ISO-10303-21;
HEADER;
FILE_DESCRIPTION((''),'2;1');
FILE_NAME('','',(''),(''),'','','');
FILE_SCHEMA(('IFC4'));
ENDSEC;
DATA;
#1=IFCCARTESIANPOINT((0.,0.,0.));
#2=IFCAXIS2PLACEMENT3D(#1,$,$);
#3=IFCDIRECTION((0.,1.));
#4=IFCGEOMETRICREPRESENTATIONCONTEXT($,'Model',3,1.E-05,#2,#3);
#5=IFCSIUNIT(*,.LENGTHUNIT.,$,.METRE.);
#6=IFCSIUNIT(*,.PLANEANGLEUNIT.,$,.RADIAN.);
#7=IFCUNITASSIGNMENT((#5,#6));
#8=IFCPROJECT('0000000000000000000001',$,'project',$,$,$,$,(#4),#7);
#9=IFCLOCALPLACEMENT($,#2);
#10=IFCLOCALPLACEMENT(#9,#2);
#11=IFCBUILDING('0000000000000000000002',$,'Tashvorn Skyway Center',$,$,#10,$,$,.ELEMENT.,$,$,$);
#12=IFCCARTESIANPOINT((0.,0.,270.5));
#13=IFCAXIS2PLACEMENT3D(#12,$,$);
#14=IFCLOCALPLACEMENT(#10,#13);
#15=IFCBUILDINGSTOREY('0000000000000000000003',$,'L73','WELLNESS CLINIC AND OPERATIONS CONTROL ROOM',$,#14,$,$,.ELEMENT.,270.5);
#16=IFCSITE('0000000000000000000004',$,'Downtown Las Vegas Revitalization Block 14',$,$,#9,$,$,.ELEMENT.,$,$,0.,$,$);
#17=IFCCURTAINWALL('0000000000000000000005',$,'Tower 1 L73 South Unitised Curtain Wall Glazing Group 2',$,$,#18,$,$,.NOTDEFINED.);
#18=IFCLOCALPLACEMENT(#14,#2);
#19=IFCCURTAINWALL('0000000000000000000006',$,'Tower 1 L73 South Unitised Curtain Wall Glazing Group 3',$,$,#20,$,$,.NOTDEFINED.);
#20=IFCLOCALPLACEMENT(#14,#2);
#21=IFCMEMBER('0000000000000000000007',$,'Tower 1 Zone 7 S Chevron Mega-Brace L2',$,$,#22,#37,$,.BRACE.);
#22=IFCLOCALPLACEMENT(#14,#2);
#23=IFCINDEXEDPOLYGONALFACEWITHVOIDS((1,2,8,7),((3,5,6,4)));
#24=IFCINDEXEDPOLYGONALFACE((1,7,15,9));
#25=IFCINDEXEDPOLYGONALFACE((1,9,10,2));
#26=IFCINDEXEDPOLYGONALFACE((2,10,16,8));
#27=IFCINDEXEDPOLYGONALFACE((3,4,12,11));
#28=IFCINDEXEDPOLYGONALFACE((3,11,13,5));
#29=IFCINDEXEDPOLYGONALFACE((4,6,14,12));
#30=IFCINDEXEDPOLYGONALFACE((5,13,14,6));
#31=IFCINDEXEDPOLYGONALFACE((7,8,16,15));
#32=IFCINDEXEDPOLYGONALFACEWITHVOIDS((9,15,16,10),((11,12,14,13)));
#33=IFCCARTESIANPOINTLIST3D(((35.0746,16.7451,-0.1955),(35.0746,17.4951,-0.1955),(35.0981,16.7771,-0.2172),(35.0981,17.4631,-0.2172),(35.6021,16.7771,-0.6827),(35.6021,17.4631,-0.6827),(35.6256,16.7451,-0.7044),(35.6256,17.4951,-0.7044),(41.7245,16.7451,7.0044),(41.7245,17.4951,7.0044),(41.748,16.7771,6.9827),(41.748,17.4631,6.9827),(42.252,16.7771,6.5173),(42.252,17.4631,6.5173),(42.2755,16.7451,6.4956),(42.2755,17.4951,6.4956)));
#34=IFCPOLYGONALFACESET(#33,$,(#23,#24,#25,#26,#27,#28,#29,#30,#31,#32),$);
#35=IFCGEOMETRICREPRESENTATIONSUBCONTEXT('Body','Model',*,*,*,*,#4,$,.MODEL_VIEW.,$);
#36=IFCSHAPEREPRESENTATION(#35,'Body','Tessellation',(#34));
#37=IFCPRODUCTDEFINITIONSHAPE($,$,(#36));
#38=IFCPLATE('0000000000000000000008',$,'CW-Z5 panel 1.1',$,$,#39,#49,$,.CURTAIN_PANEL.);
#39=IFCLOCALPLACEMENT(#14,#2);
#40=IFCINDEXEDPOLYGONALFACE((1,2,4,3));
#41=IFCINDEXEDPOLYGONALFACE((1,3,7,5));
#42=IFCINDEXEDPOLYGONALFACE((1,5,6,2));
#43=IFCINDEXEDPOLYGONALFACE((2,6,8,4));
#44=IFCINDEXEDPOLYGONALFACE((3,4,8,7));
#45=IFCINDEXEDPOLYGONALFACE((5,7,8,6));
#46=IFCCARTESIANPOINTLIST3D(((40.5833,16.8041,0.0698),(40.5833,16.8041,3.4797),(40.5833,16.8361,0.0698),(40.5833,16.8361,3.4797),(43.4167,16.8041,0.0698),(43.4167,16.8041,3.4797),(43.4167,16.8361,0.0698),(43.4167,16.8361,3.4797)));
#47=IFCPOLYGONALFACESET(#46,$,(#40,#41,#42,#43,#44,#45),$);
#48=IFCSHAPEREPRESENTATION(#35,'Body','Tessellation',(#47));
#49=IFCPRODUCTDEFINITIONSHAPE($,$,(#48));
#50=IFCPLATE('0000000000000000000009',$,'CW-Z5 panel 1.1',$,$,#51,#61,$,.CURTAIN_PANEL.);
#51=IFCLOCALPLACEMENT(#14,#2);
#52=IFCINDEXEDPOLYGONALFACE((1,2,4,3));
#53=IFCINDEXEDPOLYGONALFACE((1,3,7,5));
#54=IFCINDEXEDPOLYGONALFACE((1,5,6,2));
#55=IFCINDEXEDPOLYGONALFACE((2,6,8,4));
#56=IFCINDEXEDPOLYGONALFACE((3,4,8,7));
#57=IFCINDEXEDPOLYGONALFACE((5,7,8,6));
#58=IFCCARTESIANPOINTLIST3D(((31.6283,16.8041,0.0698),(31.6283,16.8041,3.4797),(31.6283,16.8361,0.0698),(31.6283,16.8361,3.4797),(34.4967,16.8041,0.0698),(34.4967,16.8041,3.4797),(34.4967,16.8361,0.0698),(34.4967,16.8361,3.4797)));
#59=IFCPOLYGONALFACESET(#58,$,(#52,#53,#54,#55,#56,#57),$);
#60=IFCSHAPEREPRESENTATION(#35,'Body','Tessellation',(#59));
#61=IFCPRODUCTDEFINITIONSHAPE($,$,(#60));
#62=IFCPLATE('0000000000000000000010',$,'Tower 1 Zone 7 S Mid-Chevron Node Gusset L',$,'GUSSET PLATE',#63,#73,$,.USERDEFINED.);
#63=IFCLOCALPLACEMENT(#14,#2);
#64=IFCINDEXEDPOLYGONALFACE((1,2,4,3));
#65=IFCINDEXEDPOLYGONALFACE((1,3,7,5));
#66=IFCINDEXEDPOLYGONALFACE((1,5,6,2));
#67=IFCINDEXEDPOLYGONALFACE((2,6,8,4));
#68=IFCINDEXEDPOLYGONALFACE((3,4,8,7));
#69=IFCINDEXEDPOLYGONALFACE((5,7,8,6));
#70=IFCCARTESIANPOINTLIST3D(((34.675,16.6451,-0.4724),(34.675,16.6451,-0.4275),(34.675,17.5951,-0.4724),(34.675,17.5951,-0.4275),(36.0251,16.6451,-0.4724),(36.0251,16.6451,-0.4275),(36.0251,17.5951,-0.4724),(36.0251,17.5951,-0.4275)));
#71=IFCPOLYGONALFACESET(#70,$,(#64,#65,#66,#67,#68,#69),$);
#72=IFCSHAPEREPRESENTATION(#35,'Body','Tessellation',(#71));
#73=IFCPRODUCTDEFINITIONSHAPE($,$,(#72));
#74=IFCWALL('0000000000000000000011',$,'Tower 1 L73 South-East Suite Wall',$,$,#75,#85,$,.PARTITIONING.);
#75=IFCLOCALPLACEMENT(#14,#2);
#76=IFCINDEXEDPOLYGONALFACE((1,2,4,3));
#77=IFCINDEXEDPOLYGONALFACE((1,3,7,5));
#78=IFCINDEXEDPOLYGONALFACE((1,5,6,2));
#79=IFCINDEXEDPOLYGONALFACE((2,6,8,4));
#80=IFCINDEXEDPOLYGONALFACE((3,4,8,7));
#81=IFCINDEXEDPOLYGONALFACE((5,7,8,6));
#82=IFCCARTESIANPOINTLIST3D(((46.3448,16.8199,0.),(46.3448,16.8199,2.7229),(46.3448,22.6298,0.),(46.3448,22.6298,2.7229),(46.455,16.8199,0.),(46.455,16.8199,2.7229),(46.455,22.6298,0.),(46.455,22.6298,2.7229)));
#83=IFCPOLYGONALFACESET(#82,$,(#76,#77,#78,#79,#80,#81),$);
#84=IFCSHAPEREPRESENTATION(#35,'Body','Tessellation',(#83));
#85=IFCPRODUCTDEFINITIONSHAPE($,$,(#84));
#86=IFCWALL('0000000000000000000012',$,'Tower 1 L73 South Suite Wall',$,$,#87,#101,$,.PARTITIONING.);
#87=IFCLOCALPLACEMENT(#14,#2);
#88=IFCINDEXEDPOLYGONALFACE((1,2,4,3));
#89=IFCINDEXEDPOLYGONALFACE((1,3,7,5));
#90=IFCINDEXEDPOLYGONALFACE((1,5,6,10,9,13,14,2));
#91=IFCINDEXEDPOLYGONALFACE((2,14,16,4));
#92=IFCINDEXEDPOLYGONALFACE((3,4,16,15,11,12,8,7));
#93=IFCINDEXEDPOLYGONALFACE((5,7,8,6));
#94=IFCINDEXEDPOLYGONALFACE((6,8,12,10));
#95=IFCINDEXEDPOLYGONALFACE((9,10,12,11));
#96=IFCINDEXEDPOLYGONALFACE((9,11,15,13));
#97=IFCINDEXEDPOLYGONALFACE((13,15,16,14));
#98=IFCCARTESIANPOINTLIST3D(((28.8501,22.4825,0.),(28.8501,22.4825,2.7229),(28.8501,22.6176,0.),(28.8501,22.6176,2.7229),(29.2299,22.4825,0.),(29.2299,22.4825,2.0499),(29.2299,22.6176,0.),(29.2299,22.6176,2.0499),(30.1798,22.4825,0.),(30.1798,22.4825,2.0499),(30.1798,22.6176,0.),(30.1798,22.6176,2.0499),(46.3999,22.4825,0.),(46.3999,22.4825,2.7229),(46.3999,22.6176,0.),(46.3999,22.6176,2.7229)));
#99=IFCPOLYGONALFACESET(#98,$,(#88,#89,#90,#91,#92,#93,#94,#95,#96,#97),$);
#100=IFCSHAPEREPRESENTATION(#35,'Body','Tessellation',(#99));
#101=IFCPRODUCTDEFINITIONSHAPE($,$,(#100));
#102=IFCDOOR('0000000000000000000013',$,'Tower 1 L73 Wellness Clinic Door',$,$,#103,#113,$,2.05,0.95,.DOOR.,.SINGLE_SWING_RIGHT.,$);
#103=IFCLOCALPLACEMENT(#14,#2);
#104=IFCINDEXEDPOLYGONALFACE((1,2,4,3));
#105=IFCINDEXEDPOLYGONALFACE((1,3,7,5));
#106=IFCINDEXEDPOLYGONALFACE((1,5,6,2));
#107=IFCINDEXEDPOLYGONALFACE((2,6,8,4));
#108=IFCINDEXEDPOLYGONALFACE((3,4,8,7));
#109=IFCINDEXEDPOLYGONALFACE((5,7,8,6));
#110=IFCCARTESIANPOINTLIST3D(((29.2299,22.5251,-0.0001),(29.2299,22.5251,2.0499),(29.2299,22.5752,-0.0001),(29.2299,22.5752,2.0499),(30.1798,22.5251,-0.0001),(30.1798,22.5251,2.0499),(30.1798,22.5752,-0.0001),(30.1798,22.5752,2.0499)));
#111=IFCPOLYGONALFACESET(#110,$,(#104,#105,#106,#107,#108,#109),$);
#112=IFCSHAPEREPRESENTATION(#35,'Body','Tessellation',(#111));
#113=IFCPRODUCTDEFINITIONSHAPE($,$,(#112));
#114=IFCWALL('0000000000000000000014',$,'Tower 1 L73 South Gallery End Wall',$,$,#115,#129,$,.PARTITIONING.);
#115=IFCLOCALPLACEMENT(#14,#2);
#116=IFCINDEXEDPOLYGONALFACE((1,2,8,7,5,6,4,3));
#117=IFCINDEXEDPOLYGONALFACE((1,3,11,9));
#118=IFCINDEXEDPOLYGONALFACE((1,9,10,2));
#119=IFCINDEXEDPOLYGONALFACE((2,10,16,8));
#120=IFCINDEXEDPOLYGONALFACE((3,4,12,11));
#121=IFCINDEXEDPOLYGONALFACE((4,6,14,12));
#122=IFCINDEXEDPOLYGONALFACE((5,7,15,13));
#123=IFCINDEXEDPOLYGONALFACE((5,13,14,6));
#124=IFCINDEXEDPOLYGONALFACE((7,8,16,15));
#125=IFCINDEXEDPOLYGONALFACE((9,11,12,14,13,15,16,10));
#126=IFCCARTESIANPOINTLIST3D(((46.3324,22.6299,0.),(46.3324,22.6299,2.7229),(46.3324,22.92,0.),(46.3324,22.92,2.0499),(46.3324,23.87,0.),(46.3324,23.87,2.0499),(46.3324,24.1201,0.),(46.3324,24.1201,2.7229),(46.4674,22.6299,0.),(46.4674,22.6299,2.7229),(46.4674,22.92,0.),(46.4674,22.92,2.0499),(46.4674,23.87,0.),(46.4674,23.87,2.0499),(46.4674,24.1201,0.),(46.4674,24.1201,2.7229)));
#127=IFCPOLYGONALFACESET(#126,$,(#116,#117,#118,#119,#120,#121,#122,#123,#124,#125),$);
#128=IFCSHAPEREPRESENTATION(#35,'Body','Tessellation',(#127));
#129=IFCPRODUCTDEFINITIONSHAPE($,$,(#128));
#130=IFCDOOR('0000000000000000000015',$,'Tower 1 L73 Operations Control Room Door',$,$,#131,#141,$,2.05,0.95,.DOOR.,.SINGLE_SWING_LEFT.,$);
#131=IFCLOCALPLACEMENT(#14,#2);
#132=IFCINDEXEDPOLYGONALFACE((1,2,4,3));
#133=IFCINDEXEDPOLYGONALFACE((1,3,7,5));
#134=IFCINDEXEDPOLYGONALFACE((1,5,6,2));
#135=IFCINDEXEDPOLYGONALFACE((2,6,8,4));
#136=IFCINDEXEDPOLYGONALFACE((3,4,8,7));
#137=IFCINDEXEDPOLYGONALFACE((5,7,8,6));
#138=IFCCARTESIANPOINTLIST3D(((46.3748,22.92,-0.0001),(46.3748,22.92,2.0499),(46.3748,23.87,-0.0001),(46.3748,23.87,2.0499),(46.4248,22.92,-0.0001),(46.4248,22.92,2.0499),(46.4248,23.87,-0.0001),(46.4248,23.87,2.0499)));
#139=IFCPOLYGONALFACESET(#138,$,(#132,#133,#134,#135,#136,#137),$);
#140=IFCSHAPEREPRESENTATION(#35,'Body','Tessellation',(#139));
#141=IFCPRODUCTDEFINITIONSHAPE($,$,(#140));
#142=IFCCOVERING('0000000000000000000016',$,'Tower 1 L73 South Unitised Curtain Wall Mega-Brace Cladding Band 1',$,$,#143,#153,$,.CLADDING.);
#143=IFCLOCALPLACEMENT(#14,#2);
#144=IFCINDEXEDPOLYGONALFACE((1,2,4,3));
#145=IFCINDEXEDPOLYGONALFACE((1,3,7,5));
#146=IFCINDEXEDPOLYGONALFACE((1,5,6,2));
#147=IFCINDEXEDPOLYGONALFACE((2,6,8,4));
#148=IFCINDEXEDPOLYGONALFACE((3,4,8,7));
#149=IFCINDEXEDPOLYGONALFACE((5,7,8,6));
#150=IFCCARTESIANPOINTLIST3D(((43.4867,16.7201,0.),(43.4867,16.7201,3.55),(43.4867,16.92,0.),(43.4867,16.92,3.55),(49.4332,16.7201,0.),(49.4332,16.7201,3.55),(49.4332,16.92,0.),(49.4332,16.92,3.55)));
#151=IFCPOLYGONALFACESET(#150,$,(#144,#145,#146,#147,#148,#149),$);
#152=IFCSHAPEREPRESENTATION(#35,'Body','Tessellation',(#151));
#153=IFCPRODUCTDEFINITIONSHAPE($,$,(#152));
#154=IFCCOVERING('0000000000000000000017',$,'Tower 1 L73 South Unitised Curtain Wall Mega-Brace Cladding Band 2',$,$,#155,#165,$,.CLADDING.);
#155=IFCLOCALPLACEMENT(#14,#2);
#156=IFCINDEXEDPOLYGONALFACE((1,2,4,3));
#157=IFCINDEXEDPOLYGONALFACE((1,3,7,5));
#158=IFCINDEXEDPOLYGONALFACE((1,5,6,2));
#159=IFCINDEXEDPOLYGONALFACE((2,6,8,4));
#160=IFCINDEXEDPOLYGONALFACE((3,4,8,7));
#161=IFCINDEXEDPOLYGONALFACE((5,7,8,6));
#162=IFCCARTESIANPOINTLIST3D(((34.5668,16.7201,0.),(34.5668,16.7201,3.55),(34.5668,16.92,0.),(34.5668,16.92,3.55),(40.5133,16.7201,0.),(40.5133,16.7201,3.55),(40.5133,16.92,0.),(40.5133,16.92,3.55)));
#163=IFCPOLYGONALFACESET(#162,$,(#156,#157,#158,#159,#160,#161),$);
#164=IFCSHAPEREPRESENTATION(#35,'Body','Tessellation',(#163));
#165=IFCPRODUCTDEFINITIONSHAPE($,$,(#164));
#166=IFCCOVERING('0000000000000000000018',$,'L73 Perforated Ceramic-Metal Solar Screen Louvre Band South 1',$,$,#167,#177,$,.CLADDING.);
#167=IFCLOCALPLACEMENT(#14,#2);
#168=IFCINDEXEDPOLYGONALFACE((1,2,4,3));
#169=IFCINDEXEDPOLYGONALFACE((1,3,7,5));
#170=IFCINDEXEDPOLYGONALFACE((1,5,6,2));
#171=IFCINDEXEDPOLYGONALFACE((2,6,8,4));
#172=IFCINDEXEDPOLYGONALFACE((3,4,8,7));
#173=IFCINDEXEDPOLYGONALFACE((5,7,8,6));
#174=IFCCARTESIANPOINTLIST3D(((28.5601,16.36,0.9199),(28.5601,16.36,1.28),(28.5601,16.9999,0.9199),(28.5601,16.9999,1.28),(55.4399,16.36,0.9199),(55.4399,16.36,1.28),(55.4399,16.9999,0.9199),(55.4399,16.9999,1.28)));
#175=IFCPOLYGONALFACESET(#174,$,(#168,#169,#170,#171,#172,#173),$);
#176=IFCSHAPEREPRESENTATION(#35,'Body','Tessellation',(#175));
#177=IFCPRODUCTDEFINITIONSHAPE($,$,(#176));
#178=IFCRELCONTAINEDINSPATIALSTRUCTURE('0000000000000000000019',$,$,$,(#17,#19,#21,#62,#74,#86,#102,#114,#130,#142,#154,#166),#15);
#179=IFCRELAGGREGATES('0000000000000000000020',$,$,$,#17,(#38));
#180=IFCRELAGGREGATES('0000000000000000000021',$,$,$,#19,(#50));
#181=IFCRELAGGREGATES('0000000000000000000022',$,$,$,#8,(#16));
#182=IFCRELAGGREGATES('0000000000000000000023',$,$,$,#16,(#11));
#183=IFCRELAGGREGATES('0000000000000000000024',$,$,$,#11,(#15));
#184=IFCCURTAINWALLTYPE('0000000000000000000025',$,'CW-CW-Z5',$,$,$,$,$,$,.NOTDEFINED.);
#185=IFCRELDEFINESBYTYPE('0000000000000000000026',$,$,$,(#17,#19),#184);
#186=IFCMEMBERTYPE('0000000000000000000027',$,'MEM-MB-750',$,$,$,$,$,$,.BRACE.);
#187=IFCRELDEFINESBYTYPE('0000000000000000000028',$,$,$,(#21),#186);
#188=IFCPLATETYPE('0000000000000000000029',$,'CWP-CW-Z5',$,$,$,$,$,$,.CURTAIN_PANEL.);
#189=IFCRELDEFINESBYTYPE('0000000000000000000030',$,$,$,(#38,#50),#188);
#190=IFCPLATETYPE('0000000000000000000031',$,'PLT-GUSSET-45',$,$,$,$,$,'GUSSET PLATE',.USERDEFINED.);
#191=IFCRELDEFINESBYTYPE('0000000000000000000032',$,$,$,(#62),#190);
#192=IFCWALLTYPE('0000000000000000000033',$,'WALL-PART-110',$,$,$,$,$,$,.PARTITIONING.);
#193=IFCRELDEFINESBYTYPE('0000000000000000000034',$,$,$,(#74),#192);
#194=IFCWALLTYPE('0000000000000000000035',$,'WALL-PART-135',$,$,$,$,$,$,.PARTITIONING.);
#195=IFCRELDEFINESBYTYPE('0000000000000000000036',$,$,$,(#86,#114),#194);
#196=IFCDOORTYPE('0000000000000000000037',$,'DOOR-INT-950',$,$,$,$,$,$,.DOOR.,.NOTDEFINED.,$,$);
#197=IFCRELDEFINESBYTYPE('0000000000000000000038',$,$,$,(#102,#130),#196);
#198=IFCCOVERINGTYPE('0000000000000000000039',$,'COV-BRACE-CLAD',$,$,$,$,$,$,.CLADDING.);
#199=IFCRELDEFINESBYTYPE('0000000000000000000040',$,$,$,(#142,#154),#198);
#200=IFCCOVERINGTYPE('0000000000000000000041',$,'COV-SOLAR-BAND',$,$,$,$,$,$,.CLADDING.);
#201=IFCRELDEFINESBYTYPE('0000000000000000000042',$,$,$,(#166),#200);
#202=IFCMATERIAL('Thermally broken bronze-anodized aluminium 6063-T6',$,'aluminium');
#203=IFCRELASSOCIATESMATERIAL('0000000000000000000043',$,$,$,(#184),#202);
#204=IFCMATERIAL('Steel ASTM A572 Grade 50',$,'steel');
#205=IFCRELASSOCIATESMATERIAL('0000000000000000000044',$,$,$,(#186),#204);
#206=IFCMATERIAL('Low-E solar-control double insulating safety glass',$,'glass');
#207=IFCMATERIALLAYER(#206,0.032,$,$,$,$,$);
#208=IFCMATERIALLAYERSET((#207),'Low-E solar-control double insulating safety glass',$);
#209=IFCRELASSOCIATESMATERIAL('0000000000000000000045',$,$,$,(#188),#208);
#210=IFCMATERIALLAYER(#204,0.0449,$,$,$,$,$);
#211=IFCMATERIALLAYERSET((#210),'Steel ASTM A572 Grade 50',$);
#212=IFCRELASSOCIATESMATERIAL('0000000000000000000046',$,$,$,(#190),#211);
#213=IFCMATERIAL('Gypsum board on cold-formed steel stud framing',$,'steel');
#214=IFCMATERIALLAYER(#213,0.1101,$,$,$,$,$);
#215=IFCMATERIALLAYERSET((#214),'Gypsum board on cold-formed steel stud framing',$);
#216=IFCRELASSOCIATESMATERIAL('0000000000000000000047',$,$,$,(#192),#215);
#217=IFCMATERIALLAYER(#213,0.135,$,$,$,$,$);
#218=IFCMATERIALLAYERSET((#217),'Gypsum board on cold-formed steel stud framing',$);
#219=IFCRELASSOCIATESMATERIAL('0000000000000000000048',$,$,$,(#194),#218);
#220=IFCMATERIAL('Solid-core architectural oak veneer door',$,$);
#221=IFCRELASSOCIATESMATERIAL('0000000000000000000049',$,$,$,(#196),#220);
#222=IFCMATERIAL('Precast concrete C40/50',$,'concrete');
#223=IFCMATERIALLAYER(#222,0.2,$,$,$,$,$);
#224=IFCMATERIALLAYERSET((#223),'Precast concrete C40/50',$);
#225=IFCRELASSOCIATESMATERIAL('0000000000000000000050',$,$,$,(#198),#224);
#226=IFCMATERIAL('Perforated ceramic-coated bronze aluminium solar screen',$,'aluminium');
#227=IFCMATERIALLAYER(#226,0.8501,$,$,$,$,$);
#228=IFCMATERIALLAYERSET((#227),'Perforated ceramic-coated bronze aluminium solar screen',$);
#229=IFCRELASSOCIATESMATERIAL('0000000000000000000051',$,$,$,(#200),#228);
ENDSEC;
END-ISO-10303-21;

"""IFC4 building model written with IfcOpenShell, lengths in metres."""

from ifc_helpers import new_model, si_unit, direction, frame, frame_2d, origin, origin_2d, place, context, subcontext, project, spatial, rectangle, hollow_rectangle, extrude, material, layer, layer_set, material_profile, profile_set, type_object, element, fill, aggregate, save


model = new_model("IFC4")

# Units and contexts
model_context = context("Model", 3, precision=1e-05, world=origin(), true_north=direction((0.0, 1.0)))
body_context = subcontext(model_context, "Body", "Model", "MODEL_VIEW")
ifc_project = project(units=[si_unit("LENGTHUNIT", "METRE"), si_unit("PLANEANGLEUNIT", "RADIAN")], contexts=[model_context])

# Site, building, storey
site_placement = place(None, origin())
site = spatial("IfcSite", under=ifc_project, at=site_placement, Name="Downtown Las Vegas Revitalization Block 14", CompositionType="ELEMENT", RefElevation=0.0)
building_placement = place(site_placement, origin())
building = spatial("IfcBuilding", under=site, at=building_placement, Name="Tashvorn Skyway Center", CompositionType="ELEMENT")
storey_placement = place(building_placement, frame((0.0, 0.0, 270.5)))
storey = spatial("IfcBuildingStorey", under=building, at=storey_placement, Name="L73", Description="WELLNESS CLINIC AND OPERATIONS CONTROL ROOM", CompositionType="ELEMENT", Elevation=270.5)

# Shared definitions
ifc_material_1 = material(Name="Steel ASTM A572 Grade 50", Category="steel")

# Curtain wall
ifc_material_2 = material(Name="Thermally broken bronze-anodized aluminium 6063-T6", Category="aluminium")
curtain_wall_type = type_object("IfcCurtainWallType", Name="CW-CW-Z5", PredefinedType="NOTDEFINED", material=ifc_material_2)
curtain_wall_1_placement = place(storey_placement, origin())
curtain_wall_1 = element("IfcCurtainWall", 1, at=curtain_wall_1_placement, inside=storey, type_object=curtain_wall_type, Name="Tower 1 L73 South Unitised Curtain Wall Glazing Group 2", PredefinedType="NOTDEFINED")

# Curtain wall
curtain_wall_2_placement = place(storey_placement, origin())
curtain_wall_2 = element("IfcCurtainWall", 2, at=curtain_wall_2_placement, inside=storey, type_object=curtain_wall_type, Name="Tower 1 L73 South Unitised Curtain Wall Glazing Group 3", PredefinedType="NOTDEFINED")

# Member
ifc_material_profile_1 = material_profile(ifc_material_1, hollow_rectangle(XDim=0.75, YDim=0.75, WallThickness=0.032, at=origin_2d()), Name="BOX750x750x32")
ifc_profile_set_1 = profile_set([ifc_material_profile_1], Name="Steel ASTM A572 Grade 50")
member_type_1 = type_object("IfcMemberType", Name="MEM-MB-750", PredefinedType="BRACE", material=ifc_profile_set_1)
member_1_placement = place(storey_placement, frame((35.3501, 17.1201, -0.45), z_axis=(0.678489, 0.0, 0.734611), x_axis=(0.0, 1.0, 0.0)))
element("IfcMember", 3, at=member_1_placement, inside=storey, type_object=member_type_1, Name="Tower 1 Zone 7 S Chevron Mega-Brace L2", PredefinedType="BRACE", context=body_context, shape_type="SweptSolid", body=[
    extrude(hollow_rectangle(XDim=0.75, YDim=0.75, WallThickness=0.032, at=origin_2d()), origin(), (0.0, 0.0, 1.0), 9.801),
])

# Plates
ifc_material_3 = material(Name="Low-E solar-control double insulating safety glass", Category="glass")
ifc_layer_1 = layer(ifc_material_3, 0.032)
ifc_layer_set_1 = layer_set([ifc_layer_1], Name="Low-E solar-control double insulating safety glass")
plate_type_1 = type_object("IfcPlateType", Name="CWP-CW-Z5", PredefinedType="CURTAIN_PANEL", material=ifc_layer_set_1)
plate_1_placement = place(storey_placement, frame((42.0, 16.8201, 0.0698), z_axis=(0.0, 0.0, 1.0), x_axis=(-1.0, 0.0, 0.0)))
plate_1 = element("IfcPlate", 4, at=plate_1_placement, type_object=plate_type_1, Name="CW-Z5 panel 1.1", PredefinedType="CURTAIN_PANEL", context=body_context, shape_type="SweptSolid", body=[
    extrude(rectangle(XDim=2.8335, YDim=0.032, at=origin_2d()), origin(), (0.0, 0.0, 1.0), 3.4099),
])
aggregate(curtain_wall_1, [plate_1])
plate_2_placement = place(storey_placement, frame((33.0625, 16.8201, 0.0698), z_axis=(0.0, 0.0, 1.0), x_axis=(-1.0, 0.0, 0.0)))
plate_2 = element("IfcPlate", 5, at=plate_2_placement, type_object=plate_type_1, Name="CW-Z5 panel 1.1", PredefinedType="CURTAIN_PANEL", context=body_context, shape_type="SweptSolid", body=[
    extrude(rectangle(XDim=2.8684, YDim=0.032, at=origin_2d()), origin(), (0.0, 0.0, 1.0), 3.4099),
])
aggregate(curtain_wall_2, [plate_2])
ifc_layer_2 = layer(ifc_material_1, 0.0449)
ifc_layer_set_2 = layer_set([ifc_layer_2], Name="Steel ASTM A572 Grade 50")
plate_type_2 = type_object("IfcPlateType", Name="PLT-GUSSET-45", ElementType="GUSSET PLATE", PredefinedType="USERDEFINED", material=ifc_layer_set_2)
plate_3_placement = place(storey_placement, frame((35.3501, 17.1201, -0.4724), z_axis=(0.0, 0.0, 1.0), x_axis=(1.0, 0.0, 0.0)))
element("IfcPlate", 6, at=plate_3_placement, inside=storey, type_object=plate_type_2, Name="Tower 1 Zone 7 S Mid-Chevron Node Gusset L", ObjectType="GUSSET PLATE", PredefinedType="USERDEFINED", context=body_context, shape_type="SweptSolid", body=[
    extrude(rectangle(XDim=1.3501, YDim=0.95, at=origin_2d()), origin(), (0.0, 0.0, 1.0), 0.0449),
])

# Wall
ifc_material_4 = material(Name="Gypsum board on cold-formed steel stud framing", Category="steel")
ifc_layer_3 = layer(ifc_material_4, 0.1101)
ifc_layer_set_3 = layer_set([ifc_layer_3], Name="Gypsum board on cold-formed steel stud framing")
wall_type_1 = type_object("IfcWallType", Name="WALL-PART-110", PredefinedType="PARTITIONING", material=ifc_layer_set_3)
wall_1_placement = place(storey_placement, frame((46.3999, 16.8201, 0.0), z_axis=(0.0, 0.0, 1.0), x_axis=(0.0, 1.0, 0.0)))
element("IfcWall", 7, at=wall_1_placement, inside=storey, type_object=wall_type_1, Name="Tower 1 L73 South-East Suite Wall", PredefinedType="PARTITIONING", context=body_context, shape_type="SweptSolid", body=[
    extrude(rectangle(XDim=5.8098, YDim=0.1101, at=frame_2d((2.9048, 0.0))), origin(), (0.0, 0.0, 1.0), 2.7229),
])

# Walls, openings, doors
ifc_layer_4 = layer(ifc_material_4, 0.135)
ifc_layer_set_4 = layer_set([ifc_layer_4], Name="Gypsum board on cold-formed steel stud framing")
wall_type_2 = type_object("IfcWallType", Name="WALL-PART-135", PredefinedType="PARTITIONING", material=ifc_layer_set_4)
wall_2_placement = place(storey_placement, frame((46.3999, 22.55, 0.0), z_axis=(0.0, 0.0, 1.0), x_axis=(-1.0, 0.0, 0.0)))
wall_2 = element("IfcWall", 8, at=wall_2_placement, inside=storey, type_object=wall_type_2, Name="Tower 1 L73 South Suite Wall", PredefinedType="PARTITIONING", context=body_context, shape_type="SweptSolid", body=[
    extrude(rectangle(XDim=17.5498, YDim=0.135, at=frame_2d((8.7749, 0.0))), origin(), (0.0, 0.0, 1.0), 2.7229),
])
opening_1_placement = place(wall_2_placement, frame((16.22, 0.0, 0.0)))
opening_1 = element("IfcOpeningElement", 9, at=opening_1_placement, cuts=wall_2, PredefinedType="OPENING", context=body_context, shape_type="SweptSolid", body=[
    extrude(rectangle(XDim=0.95, YDim=2.05, at=frame_2d((0.4751, 1.0249))), frame((0.0, 0.0774, 0.0), z_axis=(0.0, -1.0, 0.0), x_axis=(1.0, 0.0, 0.0)), (0.0, 0.0, 1.0), 0.155),
])
ifc_material_5 = material(Name="Solid-core architectural oak veneer door")
door_type = type_object("IfcDoorType", Name="DOOR-INT-950", OperationType="NOTDEFINED", PredefinedType="DOOR", material=ifc_material_5)
door_1_placement = place(opening_1_placement, origin())
door_1 = element("IfcDoor", 10, at=door_1_placement, inside=storey, type_object=door_type, Name="Tower 1 L73 Wellness Clinic Door", OperationType="SINGLE_SWING_RIGHT", OverallHeight=2.05, OverallWidth=0.95, PredefinedType="DOOR", context=body_context, shape_type="SweptSolid", body=[
    extrude(rectangle(XDim=0.95, YDim=2.05, at=frame_2d((0.4751, 1.0249))), frame((0.0, 0.0249, 0.0), z_axis=(0.0, -1.0, 0.0), x_axis=(1.0, 0.0, 0.0)), (0.0, 0.0, 1.0), 0.05),
])
fill(opening_1, door_1)
wall_3_placement = place(storey_placement, frame((46.3999, 24.1201, 0.0), z_axis=(0.0, 0.0, 1.0), x_axis=(0.0, -1.0, 0.0)))
wall_3 = element("IfcWall", 11, at=wall_3_placement, inside=storey, type_object=wall_type_2, Name="Tower 1 L73 South Gallery End Wall", PredefinedType="PARTITIONING", context=body_context, shape_type="SweptSolid", body=[
    extrude(rectangle(XDim=1.4902, YDim=0.135, at=frame_2d((0.7451, 0.0))), origin(), (0.0, 0.0, 1.0), 2.7229),
])
opening_2_placement = place(wall_3_placement, frame((0.25, 0.0, 0.0)))
opening_2 = element("IfcOpeningElement", 12, at=opening_2_placement, cuts=wall_3, PredefinedType="OPENING", context=body_context, shape_type="SweptSolid", body=[
    extrude(rectangle(XDim=0.95, YDim=2.05, at=frame_2d((0.4751, 1.0249))), frame((0.0, 0.0774, 0.0), z_axis=(0.0, -1.0, 0.0), x_axis=(1.0, 0.0, 0.0)), (0.0, 0.0, 1.0), 0.155),
])
door_2_placement = place(opening_2_placement, origin())
door_2 = element("IfcDoor", 13, at=door_2_placement, inside=storey, type_object=door_type, Name="Tower 1 L73 Operations Control Room Door", OperationType="SINGLE_SWING_LEFT", OverallHeight=2.05, OverallWidth=0.95, PredefinedType="DOOR", context=body_context, shape_type="SweptSolid", body=[
    extrude(rectangle(XDim=0.95, YDim=2.05, at=frame_2d((0.4751, 1.0249))), frame((0.0, 0.0249, 0.0), z_axis=(0.0, -1.0, 0.0), x_axis=(1.0, 0.0, 0.0)), (0.0, 0.0, 1.0), 0.05),
])
fill(opening_2, door_2)

# Coverings
ifc_material_6 = material(Name="Precast concrete C40/50", Category="concrete")
ifc_layer_5 = layer(ifc_material_6, 0.2)
ifc_layer_set_5 = layer_set([ifc_layer_5], Name="Precast concrete C40/50")
covering_type_1 = type_object("IfcCoveringType", Name="COV-BRACE-CLAD", PredefinedType="CLADDING", material=ifc_layer_set_5)
for number, where, z_axis, x_axis, name in (
    (14, (46.46, 16.8201, 0.0), (0.0, 0.0, 1.0), (-1.0, 0.0, 0.0), "Tower 1 L73 South Unitised Curtain Wall Mega-Brace Cladding Band 1"),
    (15, (37.54, 16.8201, 0.0), (0.0, 0.0, 1.0), (-1.0, 0.0, 0.0), "Tower 1 L73 South Unitised Curtain Wall Mega-Brace Cladding Band 2"),
):
    element("IfcCovering", number, at=place(storey_placement, frame(where, z_axis=z_axis, x_axis=x_axis)), inside=storey, type_object=covering_type_1, Name=name, PredefinedType="CLADDING", context=body_context, shape_type="SweptSolid", body=[
        extrude(rectangle(XDim=5.9465, YDim=0.2, at=origin_2d()), origin(), (0.0, 0.0, 1.0), 3.55),
    ])
ifc_material_7 = material(Name="Perforated ceramic-coated bronze aluminium solar screen", Category="aluminium")
ifc_layer_6 = layer(ifc_material_7, 0.8501)
ifc_layer_set_6 = layer_set([ifc_layer_6], Name="Perforated ceramic-coated bronze aluminium solar screen")
covering_type_2 = type_object("IfcCoveringType", Name="COV-SOLAR-BAND", PredefinedType="CLADDING", material=ifc_layer_set_6)
for number, where, z_axis, x_axis, name in (
    (16, (42.0, 16.6799, 0.9199), (0.0, 0.0, 1.0), (-1.0, 0.0, 0.0), "L73 Perforated Ceramic-Metal Solar Screen Louvre Band South 1"),
):
    element("IfcCovering", number, at=place(storey_placement, frame(where, z_axis=z_axis, x_axis=x_axis)), inside=storey, type_object=covering_type_2, Name=name, PredefinedType="CLADDING", context=body_context, shape_type="SweptSolid", body=[
        extrude(rectangle(XDim=26.8799, YDim=0.6399, at=origin_2d()), origin(), (0.0, 0.0, 1.0), 0.3601),
    ])

save(model, "model.ifc")
